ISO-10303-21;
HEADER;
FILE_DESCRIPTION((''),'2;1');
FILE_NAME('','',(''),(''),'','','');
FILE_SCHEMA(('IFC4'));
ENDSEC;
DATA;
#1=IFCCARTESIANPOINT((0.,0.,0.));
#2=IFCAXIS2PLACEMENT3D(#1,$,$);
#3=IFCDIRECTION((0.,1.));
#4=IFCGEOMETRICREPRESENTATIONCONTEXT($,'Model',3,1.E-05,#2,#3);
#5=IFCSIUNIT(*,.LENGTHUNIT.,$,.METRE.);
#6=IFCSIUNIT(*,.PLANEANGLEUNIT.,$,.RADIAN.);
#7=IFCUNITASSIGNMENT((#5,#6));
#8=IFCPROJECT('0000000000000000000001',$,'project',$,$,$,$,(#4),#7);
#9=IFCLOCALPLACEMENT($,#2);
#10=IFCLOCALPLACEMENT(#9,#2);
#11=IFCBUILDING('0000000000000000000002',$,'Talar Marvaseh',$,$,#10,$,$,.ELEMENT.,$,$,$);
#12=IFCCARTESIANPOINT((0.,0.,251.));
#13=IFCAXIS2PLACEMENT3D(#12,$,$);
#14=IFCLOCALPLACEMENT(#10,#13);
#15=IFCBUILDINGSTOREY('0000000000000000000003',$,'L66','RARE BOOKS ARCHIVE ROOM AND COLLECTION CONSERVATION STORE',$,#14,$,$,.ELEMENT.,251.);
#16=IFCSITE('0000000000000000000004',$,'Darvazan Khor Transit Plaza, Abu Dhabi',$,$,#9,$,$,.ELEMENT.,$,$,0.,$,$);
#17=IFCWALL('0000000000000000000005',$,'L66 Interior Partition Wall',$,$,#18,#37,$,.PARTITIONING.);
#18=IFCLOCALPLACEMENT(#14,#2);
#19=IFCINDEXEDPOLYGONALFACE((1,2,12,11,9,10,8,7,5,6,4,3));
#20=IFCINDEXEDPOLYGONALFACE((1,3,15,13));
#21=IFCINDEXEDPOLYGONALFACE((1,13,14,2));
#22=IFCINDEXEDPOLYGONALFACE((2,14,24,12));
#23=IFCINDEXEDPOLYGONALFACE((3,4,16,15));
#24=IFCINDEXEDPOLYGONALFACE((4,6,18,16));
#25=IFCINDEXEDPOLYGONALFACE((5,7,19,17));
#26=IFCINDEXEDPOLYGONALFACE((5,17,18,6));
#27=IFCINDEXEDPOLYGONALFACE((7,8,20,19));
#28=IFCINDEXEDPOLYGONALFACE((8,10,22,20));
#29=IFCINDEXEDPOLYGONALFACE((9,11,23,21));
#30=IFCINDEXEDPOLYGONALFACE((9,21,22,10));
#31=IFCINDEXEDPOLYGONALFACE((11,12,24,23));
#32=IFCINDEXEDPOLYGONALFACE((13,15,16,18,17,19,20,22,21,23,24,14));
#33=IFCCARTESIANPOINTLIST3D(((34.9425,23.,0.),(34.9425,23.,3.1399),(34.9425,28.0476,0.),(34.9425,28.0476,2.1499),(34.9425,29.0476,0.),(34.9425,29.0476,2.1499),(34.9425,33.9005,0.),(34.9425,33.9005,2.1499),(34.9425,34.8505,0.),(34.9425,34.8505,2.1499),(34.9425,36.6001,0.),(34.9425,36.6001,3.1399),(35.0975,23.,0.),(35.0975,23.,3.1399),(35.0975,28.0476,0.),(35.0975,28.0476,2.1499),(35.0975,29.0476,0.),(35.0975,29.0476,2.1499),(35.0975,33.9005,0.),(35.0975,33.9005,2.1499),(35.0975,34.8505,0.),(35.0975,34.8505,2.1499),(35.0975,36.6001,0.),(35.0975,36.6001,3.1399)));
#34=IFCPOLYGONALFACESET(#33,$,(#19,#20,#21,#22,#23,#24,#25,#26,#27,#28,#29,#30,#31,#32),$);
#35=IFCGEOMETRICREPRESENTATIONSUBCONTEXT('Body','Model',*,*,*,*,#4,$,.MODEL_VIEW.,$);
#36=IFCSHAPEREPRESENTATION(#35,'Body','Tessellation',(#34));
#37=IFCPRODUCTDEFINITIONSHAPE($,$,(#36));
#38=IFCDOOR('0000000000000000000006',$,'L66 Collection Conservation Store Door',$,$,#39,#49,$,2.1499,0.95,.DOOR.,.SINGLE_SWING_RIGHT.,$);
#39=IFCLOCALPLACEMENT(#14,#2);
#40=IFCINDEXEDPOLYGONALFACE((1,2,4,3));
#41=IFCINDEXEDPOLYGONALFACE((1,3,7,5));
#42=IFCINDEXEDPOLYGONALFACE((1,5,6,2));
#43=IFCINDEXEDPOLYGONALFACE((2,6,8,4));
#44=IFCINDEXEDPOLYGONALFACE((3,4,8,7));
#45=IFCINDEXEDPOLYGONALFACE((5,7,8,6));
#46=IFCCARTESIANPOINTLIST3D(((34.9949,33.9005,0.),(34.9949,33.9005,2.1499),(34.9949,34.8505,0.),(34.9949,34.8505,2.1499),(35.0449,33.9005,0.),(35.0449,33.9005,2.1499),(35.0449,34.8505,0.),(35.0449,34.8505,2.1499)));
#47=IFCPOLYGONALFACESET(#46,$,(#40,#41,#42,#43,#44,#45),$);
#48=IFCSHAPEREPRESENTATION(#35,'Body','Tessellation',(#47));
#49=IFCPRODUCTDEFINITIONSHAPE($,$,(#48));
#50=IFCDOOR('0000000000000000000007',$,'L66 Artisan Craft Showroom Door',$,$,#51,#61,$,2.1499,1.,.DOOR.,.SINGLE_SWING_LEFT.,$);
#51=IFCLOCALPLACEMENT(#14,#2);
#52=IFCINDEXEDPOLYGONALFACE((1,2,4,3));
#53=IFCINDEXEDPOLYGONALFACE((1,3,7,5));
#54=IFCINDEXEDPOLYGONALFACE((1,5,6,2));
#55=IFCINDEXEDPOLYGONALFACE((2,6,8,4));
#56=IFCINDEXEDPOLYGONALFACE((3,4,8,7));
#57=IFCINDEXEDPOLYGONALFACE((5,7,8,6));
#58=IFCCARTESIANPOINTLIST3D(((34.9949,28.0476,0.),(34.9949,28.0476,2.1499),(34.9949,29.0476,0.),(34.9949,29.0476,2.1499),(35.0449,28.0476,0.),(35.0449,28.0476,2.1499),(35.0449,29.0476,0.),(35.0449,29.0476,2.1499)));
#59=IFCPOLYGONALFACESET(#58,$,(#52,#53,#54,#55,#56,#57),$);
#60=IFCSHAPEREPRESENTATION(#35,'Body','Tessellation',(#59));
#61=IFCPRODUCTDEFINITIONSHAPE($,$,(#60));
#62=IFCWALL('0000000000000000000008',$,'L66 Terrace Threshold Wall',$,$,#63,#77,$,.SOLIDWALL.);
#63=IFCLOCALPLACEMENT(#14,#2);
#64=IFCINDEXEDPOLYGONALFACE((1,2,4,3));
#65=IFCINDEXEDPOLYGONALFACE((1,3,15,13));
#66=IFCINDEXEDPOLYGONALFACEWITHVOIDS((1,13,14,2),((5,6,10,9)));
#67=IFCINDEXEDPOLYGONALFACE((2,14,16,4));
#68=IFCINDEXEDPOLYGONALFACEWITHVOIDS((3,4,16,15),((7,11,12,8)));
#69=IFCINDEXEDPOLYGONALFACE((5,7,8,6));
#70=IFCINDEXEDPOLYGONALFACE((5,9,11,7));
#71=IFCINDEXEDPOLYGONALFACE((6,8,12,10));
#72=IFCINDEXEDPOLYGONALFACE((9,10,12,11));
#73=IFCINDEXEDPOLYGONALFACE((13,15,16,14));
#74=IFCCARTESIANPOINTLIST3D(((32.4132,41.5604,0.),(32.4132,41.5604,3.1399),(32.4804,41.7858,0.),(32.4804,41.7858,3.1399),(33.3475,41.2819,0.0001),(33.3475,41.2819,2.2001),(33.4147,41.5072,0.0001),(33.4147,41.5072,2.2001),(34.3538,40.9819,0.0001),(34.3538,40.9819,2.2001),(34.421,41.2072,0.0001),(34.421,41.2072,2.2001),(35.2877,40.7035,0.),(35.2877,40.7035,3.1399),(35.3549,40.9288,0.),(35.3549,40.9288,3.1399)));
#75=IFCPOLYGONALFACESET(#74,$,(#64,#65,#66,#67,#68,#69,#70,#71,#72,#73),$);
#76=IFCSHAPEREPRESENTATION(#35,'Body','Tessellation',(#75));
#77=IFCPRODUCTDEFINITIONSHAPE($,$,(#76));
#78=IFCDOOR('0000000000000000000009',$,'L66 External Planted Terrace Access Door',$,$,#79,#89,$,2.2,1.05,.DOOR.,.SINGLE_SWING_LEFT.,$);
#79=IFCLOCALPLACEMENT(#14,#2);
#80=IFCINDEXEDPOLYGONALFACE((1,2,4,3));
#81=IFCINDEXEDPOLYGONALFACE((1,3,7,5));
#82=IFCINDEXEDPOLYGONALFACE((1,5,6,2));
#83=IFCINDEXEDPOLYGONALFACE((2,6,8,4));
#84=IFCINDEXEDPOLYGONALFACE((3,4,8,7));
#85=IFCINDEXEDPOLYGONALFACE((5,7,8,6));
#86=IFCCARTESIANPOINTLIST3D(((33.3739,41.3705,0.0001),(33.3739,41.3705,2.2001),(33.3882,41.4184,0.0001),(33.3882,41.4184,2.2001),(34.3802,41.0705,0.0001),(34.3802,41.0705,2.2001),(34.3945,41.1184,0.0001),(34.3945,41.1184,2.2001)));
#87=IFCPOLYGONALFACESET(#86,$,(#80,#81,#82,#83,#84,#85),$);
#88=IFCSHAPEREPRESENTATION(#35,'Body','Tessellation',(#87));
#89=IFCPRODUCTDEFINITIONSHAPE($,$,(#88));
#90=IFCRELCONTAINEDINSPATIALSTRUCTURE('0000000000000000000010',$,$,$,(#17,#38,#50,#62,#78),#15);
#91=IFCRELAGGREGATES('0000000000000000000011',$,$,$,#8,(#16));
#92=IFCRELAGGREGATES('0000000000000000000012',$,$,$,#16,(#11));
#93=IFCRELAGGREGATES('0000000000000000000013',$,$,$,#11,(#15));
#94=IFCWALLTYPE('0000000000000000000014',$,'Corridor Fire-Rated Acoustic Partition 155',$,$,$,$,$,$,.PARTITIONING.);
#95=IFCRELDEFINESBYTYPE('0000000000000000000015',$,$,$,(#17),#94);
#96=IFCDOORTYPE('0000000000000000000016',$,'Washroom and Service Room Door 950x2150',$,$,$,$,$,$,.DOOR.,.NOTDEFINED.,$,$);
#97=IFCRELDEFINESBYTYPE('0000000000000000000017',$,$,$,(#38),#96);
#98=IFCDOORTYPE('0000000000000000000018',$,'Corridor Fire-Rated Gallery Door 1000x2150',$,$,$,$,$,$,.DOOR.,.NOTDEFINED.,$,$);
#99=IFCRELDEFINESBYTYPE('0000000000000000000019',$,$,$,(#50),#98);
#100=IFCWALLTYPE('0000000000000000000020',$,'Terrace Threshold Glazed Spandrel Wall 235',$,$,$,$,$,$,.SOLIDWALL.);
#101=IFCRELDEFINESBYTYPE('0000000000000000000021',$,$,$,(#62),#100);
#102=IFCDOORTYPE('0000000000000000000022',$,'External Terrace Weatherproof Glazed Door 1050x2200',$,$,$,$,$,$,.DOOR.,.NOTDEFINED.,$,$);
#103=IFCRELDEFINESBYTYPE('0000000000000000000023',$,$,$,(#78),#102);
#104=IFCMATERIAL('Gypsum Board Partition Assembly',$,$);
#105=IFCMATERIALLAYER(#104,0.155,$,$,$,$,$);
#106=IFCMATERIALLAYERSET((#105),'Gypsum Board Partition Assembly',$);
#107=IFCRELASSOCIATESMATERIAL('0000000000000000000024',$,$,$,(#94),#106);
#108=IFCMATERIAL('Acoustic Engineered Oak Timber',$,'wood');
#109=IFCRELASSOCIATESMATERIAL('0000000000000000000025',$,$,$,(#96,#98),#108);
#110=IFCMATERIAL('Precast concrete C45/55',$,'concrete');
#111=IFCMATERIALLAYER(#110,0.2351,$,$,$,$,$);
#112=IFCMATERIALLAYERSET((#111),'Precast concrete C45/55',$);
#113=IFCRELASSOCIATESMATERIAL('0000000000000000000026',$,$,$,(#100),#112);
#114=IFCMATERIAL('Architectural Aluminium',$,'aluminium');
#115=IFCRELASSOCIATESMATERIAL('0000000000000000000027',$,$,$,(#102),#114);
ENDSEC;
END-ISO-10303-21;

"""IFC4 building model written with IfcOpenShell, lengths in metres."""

from ifc_helpers import new_model, si_unit, direction, frame, frame_2d, origin, place, context, subcontext, project, spatial, rectangle, extrude, source, transform, mapped, material, layer, layer_set, type_object, type_shapes, element, fill, save


model = new_model("IFC4")

# Units and contexts
model_context = context("Model", 3, precision=1e-05, world=origin(), true_north=direction((0.0, 1.0)))
body_context = subcontext(model_context, "Body", "Model", "MODEL_VIEW")
ifc_project = project(units=[si_unit("LENGTHUNIT", "METRE"), si_unit("PLANEANGLEUNIT", "RADIAN")], contexts=[model_context])

# Site, building, storey
site_placement = place(None, origin())
site = spatial("IfcSite", under=ifc_project, at=site_placement, Name="Darvazan Khor Transit Plaza, Abu Dhabi", CompositionType="ELEMENT", RefElevation=0.0)
building_placement = place(site_placement, origin())
building = spatial("IfcBuilding", under=site, at=building_placement, Name="Talar Marvaseh", CompositionType="ELEMENT")
storey_placement = place(building_placement, frame((0.0, 0.0, 251.0)))
storey = spatial("IfcBuildingStorey", under=building, at=storey_placement, Name="L66", Description="RARE BOOKS ARCHIVE ROOM AND COLLECTION CONSERVATION STORE", CompositionType="ELEMENT", Elevation=251.0)

# Shared definitions
ifc_material_1 = material(Name="Architectural Aluminium", Category="aluminium")

# Shared definitions
ifc_material_2 = material(Name="Precast concrete C45/55", Category="concrete")

# Wall, openings, doors
ifc_material_3 = material(Name="Gypsum Board Partition Assembly")
ifc_layer_1 = layer(ifc_material_3, 0.155)
ifc_layer_set_1 = layer_set([ifc_layer_1], Name="Gypsum Board Partition Assembly")
wall_type_1 = type_object("IfcWallType", Name="Corridor Fire-Rated Acoustic Partition 155", PredefinedType="PARTITIONING", material=ifc_layer_set_1)
wall_1_placement = place(storey_placement, frame((35.02, 36.6001, 0.0), z_axis=(0.0, 0.0, 1.0), x_axis=(0.0, -1.0, 0.0)))
wall_1 = element("IfcWall", 1, at=wall_1_placement, inside=storey, type_object=wall_type_1, Name="L66 Interior Partition Wall", PredefinedType="PARTITIONING", context=body_context, shape_type="SweptSolid", body=[
    extrude(rectangle(XDim=13.6001, YDim=0.155, at=frame_2d((6.8, 0.0))), origin(), (0.0, 0.0, 1.0), 3.1399),
])
opening_1_placement = place(wall_1_placement, frame((7.5525, 0.0, 0.0)))
opening_1 = element("IfcOpeningElement", 2, at=opening_1_placement, cuts=wall_1, PredefinedType="OPENING", context=body_context, shape_type="SweptSolid", body=[
    extrude(rectangle(XDim=1.0, YDim=2.1499, at=frame_2d((0.5, 1.075))), frame((0.0, 0.0874, 0.0), z_axis=(0.0, -1.0, 0.0), x_axis=(1.0, 0.0, 0.0)), (0.0, 0.0, 1.0), 0.175),
])
opening_2_placement = place(wall_1_placement, frame((1.7495, 0.0, 0.0)))
opening_2 = element("IfcOpeningElement", 3, at=opening_2_placement, cuts=wall_1, PredefinedType="OPENING", context=body_context, shape_type="SweptSolid", body=[
    extrude(rectangle(XDim=0.95, YDim=2.1499, at=frame_2d((0.4751, 1.075))), frame((0.0, 0.0874, 0.0), z_axis=(0.0, -1.0, 0.0), x_axis=(1.0, 0.0, 0.0)), (0.0, 0.0, 1.0), 0.175),
])
ifc_material_4 = material(Name="Acoustic Engineered Oak Timber", Category="wood")
door_type_1 = type_object("IfcDoorType", Name="Washroom and Service Room Door 950x2150", OperationType="NOTDEFINED", PredefinedType="DOOR", material=ifc_material_4)
shared_shape_1 = source(origin(), body_context, "Body", "SweptSolid", [
    extrude(rectangle(XDim=0.95, YDim=2.1499, at=frame_2d((0.4751, 1.075))), frame((0.0, 0.0249, 0.0), z_axis=(0.0, -1.0, 0.0), x_axis=(1.0, 0.0, 0.0)), (0.0, 0.0, 1.0), 0.05),
])
type_shapes(door_type_1, [shared_shape_1])
door_1_placement = place(opening_2_placement, origin())
door_1 = element("IfcDoor", 4, at=door_1_placement, inside=storey, type_object=door_type_1, Name="L66 Collection Conservation Store Door", OperationType="SINGLE_SWING_RIGHT", OverallHeight=2.1499, OverallWidth=0.95, PredefinedType="DOOR", context=body_context, shape_type="MappedRepresentation", body=[
    mapped(shared_shape_1, transform((0.0, 0.0, 0.0), x_axis=(1.0, 0.0, 0.0), y_axis=(0.0, 1.0, 0.0), z_axis=(0.0, 0.0, 1.0), scale=1.0)),
])
fill(opening_2, door_1)
door_type_2 = type_object("IfcDoorType", Name="Corridor Fire-Rated Gallery Door 1000x2150", OperationType="NOTDEFINED", PredefinedType="DOOR", material=ifc_material_4)
shared_shape_2 = source(origin(), body_context, "Body", "SweptSolid", [
    extrude(rectangle(XDim=1.0, YDim=2.1499, at=frame_2d((0.5, 1.075))), frame((0.0, 0.0249, 0.0), z_axis=(0.0, -1.0, 0.0), x_axis=(1.0, 0.0, 0.0)), (0.0, 0.0, 1.0), 0.05),
])
type_shapes(door_type_2, [shared_shape_2])
door_2_placement = place(opening_1_placement, origin())
door_2 = element("IfcDoor", 5, at=door_2_placement, inside=storey, type_object=door_type_2, Name="L66 Artisan Craft Showroom Door", OperationType="SINGLE_SWING_LEFT", OverallHeight=2.1499, OverallWidth=1.0, PredefinedType="DOOR", context=body_context, shape_type="MappedRepresentation", body=[
    mapped(shared_shape_2, transform((0.0, 0.0, 0.0), x_axis=(1.0, 0.0, 0.0), y_axis=(0.0, 1.0, 0.0), z_axis=(0.0, 0.0, 1.0), scale=1.0)),
])
fill(opening_1, door_2)

# Wall, opening, door
ifc_layer_2 = layer(ifc_material_2, 0.2351)
ifc_layer_set_2 = layer_set([ifc_layer_2], Name="Precast concrete C45/55")
wall_type_2 = type_object("IfcWallType", Name="Terrace Threshold Glazed Spandrel Wall 235", PredefinedType="SOLIDWALL", material=ifc_layer_set_2)
wall_2_placement = place(storey_placement, frame((32.4468, 41.6731, 0.0), z_axis=(0.0, 0.0, 1.0), x_axis=(0.958322, -0.28569, 0.0)))
wall_2 = element("IfcWall", 6, at=wall_2_placement, inside=storey, type_object=wall_type_2, Name="L66 Terrace Threshold Wall", PredefinedType="SOLIDWALL", context=body_context, shape_type="SweptSolid", body=[
    extrude(rectangle(XDim=2.9995, YDim=0.2351, at=frame_2d((1.4998, 0.0))), origin(), (0.0, 0.0, 1.0), 3.1399),
])
opening_3_placement = place(wall_2_placement, frame((0.9751, 0.0, 0.0)))
opening_3 = element("IfcOpeningElement", 7, at=opening_3_placement, cuts=wall_2, PredefinedType="OPENING", context=body_context, shape_type="SweptSolid", body=[
    extrude(rectangle(XDim=1.05, YDim=2.2, at=frame_2d((0.5249, 1.1001))), frame((0.0, 0.1274, 0.0), z_axis=(0.0, -1.0, 0.0), x_axis=(1.0, 0.0, 0.0)), (0.0, 0.0, 1.0), 0.2551),
])
door_type_3 = type_object("IfcDoorType", Name="External Terrace Weatherproof Glazed Door 1050x2200", OperationType="NOTDEFINED", PredefinedType="DOOR", material=ifc_material_1)
shared_shape_3 = source(origin(), body_context, "Body", "SweptSolid", [
    extrude(rectangle(XDim=1.05, YDim=2.2, at=frame_2d((0.5249, 1.1001))), frame((0.0, 0.0249, 0.0), z_axis=(0.0, -1.0, 0.0), x_axis=(1.0, 0.0, 0.0)), (0.0, 0.0, 1.0), 0.05),
])
type_shapes(door_type_3, [shared_shape_3])
door_3_placement = place(opening_3_placement, origin())
door_3 = element("IfcDoor", 8, at=door_3_placement, inside=storey, type_object=door_type_3, Name="L66 External Planted Terrace Access Door", OperationType="SINGLE_SWING_LEFT", OverallHeight=2.2, OverallWidth=1.05, PredefinedType="DOOR", context=body_context, shape_type="MappedRepresentation", body=[
    mapped(shared_shape_3, transform((0.0, 0.0, 0.0), x_axis=(1.0, 0.0, 0.0), y_axis=(0.0, 1.0, 0.0), z_axis=(0.0, 0.0, 1.0), scale=1.0)),
])
fill(opening_3, door_3)

save(model, "model.ifc")
